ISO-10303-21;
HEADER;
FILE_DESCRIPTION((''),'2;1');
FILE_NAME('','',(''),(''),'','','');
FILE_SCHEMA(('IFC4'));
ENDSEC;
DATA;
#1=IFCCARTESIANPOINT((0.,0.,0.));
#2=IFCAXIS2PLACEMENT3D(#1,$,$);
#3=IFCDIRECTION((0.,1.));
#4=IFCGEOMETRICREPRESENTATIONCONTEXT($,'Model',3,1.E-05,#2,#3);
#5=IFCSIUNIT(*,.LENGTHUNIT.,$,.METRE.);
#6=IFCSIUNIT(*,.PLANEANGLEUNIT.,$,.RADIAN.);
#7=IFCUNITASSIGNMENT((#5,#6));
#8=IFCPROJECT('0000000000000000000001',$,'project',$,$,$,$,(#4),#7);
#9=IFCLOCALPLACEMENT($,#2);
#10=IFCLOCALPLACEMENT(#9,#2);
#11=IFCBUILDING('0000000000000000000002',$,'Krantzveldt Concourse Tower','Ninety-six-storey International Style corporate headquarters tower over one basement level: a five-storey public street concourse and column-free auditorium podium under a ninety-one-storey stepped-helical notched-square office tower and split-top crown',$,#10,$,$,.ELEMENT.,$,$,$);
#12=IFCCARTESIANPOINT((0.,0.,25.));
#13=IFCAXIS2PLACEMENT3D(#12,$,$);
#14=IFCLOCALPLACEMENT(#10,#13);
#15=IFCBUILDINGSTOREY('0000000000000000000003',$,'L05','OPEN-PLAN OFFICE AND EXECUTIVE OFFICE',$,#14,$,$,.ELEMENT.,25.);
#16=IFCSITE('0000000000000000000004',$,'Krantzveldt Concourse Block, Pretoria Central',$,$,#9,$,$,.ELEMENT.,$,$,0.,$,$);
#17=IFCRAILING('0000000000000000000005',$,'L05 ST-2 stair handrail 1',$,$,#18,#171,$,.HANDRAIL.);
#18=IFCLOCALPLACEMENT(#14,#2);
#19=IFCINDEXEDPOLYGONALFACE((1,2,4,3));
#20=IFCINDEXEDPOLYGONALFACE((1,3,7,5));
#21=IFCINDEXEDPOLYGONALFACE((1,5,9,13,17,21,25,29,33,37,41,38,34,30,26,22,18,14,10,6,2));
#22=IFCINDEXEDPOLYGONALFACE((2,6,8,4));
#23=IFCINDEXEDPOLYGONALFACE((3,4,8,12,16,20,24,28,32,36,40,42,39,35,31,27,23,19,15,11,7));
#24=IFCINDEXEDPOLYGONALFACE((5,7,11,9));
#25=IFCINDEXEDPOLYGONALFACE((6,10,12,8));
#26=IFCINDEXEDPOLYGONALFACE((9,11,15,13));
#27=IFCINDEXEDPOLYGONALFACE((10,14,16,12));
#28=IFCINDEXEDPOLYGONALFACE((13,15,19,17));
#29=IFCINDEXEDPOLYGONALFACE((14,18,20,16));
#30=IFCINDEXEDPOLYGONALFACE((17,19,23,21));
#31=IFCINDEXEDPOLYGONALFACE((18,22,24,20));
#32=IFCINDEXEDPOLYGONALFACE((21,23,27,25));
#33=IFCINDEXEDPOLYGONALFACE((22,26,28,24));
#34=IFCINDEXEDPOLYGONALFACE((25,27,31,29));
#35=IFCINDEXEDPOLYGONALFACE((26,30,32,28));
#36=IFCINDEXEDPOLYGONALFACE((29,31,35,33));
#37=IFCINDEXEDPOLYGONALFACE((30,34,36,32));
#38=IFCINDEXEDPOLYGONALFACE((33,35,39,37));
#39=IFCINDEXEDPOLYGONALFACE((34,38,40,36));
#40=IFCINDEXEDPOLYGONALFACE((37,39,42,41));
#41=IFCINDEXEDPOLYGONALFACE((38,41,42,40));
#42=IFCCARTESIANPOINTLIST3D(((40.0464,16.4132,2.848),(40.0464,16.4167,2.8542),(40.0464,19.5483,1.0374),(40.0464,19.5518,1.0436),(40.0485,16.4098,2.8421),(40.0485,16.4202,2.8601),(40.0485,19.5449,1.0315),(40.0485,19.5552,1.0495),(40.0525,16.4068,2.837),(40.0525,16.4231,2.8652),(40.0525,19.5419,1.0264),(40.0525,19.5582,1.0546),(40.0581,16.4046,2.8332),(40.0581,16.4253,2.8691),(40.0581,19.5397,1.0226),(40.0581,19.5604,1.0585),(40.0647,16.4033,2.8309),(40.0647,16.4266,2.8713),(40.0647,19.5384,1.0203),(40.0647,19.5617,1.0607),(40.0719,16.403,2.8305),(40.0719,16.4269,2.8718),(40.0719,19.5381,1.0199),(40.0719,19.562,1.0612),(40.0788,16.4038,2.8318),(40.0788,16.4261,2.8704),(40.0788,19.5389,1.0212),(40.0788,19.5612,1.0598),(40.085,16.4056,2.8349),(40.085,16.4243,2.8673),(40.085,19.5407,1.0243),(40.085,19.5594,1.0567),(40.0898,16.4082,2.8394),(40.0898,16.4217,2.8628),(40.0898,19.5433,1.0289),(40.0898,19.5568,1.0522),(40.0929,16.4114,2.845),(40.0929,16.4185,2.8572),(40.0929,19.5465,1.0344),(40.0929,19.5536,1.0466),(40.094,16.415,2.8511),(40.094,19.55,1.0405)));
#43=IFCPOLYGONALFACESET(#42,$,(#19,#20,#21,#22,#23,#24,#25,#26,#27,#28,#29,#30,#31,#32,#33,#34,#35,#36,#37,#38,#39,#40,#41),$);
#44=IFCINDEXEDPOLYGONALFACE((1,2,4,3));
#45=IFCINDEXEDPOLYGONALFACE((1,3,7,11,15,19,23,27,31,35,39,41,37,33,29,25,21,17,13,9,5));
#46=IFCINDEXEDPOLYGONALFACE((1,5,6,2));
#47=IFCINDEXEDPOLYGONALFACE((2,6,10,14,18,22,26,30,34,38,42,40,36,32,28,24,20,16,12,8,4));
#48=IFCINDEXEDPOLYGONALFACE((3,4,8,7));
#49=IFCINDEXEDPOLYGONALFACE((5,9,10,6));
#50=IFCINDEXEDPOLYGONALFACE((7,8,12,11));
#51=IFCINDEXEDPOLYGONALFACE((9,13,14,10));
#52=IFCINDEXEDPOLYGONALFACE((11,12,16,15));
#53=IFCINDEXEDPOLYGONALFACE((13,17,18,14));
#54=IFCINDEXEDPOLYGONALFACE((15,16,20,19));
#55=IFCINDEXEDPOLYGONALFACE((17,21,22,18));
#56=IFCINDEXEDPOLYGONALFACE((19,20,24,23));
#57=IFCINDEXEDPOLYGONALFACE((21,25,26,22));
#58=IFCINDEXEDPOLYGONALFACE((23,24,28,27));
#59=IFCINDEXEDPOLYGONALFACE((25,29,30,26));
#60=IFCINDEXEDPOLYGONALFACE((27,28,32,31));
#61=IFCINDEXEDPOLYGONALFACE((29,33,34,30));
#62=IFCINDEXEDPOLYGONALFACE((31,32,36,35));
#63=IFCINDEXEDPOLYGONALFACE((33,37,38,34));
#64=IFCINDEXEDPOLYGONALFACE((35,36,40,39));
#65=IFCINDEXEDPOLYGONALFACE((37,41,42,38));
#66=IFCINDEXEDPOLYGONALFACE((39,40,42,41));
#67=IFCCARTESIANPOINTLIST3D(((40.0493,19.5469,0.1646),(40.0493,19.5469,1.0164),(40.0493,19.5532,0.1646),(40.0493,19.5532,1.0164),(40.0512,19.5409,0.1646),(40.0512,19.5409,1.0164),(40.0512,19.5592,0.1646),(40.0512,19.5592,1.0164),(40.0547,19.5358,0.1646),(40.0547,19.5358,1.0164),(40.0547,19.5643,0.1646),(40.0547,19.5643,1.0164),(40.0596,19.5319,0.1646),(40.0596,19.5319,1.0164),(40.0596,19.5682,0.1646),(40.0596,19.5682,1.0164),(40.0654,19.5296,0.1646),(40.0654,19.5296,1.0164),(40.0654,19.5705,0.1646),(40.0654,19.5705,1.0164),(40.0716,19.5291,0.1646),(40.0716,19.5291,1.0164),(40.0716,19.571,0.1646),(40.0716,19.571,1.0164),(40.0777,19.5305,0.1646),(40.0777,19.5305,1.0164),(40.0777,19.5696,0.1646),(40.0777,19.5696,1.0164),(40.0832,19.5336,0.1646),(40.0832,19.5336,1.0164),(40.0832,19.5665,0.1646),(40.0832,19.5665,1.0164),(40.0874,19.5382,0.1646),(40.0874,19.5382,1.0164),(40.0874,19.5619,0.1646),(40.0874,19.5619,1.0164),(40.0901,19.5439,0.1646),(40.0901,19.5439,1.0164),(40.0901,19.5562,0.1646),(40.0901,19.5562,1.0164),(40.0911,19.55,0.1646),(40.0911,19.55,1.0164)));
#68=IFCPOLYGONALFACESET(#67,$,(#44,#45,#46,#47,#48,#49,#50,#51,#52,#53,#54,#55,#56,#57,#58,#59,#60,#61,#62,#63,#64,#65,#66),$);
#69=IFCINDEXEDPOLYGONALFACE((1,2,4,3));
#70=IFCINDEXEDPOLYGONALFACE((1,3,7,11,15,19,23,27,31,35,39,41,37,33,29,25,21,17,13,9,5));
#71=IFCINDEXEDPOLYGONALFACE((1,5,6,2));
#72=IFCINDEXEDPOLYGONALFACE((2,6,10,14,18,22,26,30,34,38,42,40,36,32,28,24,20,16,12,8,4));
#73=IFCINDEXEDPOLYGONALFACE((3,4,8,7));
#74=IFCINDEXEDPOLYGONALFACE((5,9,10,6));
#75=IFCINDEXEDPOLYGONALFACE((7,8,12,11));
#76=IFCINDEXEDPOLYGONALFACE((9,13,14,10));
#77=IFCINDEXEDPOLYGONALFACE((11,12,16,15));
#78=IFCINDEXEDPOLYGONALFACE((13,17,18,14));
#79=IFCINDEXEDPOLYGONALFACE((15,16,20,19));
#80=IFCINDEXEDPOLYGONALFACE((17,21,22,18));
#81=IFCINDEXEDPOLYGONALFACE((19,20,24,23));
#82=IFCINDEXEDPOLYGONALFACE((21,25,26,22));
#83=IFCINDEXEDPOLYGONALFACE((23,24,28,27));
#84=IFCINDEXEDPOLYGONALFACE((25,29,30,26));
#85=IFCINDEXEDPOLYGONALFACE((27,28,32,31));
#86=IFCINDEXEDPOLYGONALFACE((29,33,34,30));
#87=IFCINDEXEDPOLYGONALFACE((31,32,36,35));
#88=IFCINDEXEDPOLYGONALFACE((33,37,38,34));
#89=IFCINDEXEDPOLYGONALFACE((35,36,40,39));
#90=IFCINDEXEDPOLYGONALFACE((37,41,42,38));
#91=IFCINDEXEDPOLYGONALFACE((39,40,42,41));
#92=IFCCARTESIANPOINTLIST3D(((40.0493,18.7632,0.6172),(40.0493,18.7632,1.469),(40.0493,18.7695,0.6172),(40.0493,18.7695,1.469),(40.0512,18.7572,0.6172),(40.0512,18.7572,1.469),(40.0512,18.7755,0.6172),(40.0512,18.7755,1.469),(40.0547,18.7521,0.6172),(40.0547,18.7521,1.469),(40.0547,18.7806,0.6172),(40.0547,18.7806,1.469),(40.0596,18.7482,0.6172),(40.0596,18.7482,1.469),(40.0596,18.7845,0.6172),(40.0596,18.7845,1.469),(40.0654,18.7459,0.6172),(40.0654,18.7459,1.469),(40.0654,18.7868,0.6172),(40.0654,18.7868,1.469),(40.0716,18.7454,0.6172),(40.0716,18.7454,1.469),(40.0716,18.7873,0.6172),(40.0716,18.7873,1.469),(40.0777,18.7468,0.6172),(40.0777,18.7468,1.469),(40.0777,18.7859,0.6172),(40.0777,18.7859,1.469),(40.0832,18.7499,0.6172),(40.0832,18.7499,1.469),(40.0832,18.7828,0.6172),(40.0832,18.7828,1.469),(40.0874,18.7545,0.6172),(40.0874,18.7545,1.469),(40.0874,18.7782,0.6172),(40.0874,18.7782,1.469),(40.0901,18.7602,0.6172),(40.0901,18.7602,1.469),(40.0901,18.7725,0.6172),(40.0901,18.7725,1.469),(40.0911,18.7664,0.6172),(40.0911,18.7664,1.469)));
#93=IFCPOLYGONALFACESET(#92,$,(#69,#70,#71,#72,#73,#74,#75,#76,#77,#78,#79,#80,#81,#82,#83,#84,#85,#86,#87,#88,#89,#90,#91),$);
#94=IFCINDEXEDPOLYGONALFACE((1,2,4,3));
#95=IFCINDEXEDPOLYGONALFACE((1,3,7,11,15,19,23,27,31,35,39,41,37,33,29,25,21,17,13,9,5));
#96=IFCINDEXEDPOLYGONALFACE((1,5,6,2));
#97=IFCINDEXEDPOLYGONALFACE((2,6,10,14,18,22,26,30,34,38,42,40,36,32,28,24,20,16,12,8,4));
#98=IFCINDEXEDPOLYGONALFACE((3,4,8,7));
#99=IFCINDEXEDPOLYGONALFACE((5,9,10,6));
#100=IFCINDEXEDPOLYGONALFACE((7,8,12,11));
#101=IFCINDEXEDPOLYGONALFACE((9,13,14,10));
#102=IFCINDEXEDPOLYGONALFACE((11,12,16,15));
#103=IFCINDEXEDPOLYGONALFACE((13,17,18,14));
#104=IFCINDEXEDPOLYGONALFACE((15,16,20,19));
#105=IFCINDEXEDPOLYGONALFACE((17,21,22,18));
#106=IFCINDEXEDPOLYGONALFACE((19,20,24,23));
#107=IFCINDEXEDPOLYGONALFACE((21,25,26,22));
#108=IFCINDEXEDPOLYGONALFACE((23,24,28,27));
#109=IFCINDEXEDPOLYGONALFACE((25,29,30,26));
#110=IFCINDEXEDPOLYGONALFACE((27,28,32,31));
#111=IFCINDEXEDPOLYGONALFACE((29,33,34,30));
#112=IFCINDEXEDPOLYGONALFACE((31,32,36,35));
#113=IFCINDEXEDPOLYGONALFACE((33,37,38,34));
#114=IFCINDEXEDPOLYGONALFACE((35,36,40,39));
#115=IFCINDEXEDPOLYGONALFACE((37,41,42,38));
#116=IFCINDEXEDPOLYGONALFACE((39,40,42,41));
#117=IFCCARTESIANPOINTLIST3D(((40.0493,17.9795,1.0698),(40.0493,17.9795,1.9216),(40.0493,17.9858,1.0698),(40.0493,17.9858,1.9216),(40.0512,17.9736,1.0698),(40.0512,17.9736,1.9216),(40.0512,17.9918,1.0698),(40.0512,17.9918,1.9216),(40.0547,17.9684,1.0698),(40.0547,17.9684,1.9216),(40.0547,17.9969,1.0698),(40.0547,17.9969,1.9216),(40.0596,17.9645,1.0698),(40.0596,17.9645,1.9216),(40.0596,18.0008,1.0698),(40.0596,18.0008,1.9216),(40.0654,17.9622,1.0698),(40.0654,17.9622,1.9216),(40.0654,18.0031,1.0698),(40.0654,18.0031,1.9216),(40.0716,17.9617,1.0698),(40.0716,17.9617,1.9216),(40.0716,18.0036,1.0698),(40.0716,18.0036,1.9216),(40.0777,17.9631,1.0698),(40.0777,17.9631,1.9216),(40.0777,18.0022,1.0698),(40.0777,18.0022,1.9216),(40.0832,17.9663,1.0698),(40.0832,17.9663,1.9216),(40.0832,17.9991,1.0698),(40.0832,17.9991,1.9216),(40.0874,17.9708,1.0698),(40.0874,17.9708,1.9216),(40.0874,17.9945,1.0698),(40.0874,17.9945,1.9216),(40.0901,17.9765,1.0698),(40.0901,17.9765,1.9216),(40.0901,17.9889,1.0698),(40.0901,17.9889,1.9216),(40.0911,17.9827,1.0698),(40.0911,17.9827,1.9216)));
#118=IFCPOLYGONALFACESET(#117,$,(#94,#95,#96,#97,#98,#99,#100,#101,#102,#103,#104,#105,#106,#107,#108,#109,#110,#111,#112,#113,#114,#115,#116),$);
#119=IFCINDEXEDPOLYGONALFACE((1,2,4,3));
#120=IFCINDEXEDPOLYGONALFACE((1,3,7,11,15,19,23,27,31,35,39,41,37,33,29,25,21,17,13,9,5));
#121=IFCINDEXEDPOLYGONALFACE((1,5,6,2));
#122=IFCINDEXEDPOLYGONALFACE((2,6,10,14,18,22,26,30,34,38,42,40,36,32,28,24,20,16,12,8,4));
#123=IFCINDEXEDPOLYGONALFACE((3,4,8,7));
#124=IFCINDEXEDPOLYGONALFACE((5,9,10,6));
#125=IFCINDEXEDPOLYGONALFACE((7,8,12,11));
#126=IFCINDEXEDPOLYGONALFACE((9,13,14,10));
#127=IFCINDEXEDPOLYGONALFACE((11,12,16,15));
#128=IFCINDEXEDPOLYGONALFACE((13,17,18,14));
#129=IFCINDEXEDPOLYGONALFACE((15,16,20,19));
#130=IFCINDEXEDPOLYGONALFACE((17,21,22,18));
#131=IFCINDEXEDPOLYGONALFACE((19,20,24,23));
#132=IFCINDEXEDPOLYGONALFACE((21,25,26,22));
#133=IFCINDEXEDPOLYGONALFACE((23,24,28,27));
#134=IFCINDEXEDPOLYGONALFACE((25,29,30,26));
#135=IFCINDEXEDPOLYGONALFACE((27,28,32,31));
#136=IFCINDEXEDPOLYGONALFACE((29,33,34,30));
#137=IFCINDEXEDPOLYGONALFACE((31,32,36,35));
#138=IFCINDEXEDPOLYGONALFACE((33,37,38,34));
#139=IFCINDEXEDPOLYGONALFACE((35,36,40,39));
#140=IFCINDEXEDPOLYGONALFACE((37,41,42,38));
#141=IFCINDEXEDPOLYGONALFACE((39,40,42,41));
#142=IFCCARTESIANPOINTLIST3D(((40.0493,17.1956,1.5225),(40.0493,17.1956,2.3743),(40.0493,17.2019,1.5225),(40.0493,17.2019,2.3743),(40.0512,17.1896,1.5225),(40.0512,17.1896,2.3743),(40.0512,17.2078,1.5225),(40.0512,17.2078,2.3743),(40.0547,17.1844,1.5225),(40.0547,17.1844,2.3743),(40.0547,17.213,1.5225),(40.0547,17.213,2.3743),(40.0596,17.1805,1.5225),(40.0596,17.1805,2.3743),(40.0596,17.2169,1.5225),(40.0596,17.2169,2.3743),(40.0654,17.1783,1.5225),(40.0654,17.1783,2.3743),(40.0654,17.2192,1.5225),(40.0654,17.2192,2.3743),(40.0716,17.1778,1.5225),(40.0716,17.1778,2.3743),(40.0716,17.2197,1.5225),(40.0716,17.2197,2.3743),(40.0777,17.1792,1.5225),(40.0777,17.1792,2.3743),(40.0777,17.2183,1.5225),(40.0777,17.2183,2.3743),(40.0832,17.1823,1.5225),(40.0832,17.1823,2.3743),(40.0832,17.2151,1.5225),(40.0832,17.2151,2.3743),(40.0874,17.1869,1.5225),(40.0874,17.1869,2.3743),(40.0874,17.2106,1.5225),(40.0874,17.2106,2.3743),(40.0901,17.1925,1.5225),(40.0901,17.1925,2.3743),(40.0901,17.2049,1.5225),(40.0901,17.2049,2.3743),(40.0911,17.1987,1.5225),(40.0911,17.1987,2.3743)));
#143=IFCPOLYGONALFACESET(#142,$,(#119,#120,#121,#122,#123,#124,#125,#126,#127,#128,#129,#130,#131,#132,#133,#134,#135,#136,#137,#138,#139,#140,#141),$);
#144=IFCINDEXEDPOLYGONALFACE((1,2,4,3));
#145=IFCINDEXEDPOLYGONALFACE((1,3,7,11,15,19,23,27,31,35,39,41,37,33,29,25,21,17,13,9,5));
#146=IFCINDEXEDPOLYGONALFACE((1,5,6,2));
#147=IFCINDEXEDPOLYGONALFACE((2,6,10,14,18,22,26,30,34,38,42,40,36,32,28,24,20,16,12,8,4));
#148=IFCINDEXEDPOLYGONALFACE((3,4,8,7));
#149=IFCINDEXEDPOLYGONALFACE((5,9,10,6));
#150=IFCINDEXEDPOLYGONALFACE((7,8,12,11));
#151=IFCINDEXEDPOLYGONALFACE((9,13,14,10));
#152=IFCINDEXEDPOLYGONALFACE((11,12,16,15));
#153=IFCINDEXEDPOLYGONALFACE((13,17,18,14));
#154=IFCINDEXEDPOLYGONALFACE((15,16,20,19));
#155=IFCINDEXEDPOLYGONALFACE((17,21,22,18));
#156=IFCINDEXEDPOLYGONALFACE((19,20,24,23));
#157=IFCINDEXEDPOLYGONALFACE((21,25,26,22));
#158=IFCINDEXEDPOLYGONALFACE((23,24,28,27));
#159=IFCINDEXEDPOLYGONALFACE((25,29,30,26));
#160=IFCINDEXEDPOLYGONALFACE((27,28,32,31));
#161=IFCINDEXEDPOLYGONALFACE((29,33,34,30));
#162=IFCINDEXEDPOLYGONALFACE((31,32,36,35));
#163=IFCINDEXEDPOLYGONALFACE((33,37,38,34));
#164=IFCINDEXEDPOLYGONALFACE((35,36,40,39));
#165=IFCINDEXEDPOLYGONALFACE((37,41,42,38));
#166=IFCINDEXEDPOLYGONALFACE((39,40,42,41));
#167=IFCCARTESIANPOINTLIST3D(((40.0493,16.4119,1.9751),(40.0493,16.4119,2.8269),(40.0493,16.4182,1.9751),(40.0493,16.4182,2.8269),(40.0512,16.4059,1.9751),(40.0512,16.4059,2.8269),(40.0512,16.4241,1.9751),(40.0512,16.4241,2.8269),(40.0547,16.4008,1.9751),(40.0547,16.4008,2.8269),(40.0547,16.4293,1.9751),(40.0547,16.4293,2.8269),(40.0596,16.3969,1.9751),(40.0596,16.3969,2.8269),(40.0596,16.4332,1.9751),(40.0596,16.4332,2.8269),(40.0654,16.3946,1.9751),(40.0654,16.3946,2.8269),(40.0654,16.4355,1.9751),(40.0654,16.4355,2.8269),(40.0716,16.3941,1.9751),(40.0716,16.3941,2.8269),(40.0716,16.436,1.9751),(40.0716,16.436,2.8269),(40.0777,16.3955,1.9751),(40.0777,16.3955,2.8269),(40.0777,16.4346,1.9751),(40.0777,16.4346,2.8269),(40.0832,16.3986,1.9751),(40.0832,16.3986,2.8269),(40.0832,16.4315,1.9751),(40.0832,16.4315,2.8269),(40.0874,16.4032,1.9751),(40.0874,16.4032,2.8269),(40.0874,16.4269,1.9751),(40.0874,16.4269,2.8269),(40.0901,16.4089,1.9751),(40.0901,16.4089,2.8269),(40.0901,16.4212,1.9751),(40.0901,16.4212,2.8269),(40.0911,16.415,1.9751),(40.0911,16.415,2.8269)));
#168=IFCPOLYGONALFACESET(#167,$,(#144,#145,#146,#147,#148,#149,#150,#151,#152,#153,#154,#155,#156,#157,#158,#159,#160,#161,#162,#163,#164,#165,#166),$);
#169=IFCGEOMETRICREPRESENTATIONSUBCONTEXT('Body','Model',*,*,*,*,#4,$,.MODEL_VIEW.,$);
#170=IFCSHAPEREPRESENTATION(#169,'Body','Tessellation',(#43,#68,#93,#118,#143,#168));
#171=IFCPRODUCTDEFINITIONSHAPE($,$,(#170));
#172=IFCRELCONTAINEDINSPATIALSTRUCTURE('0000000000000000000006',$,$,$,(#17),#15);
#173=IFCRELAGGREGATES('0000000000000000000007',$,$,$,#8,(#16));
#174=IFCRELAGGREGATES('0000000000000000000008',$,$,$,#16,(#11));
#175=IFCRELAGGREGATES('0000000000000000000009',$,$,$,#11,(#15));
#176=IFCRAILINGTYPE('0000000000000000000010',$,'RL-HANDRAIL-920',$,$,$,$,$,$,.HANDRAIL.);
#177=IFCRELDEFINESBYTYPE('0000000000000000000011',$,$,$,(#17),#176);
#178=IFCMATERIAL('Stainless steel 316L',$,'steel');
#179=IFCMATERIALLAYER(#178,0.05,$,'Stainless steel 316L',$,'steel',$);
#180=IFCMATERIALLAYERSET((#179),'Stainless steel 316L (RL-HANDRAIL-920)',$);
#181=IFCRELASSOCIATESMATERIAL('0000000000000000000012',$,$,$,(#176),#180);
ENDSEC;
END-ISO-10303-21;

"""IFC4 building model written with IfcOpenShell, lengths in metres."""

from ifc_helpers import new_model, si_unit, direction, frame, origin, origin_2d, place, context, subcontext, project, spatial, circle, extrude, material, layer, layer_set, type_object, element, save


model = new_model("IFC4")

# Units and contexts
model_context = context("Model", 3, precision=1e-05, world=origin(), true_north=direction((0.0, 1.0)))
body_context = subcontext(model_context, "Body", "Model", "MODEL_VIEW")
ifc_project = project(units=[si_unit("LENGTHUNIT", "METRE"), si_unit("PLANEANGLEUNIT", "RADIAN")], contexts=[model_context])

# Site, building, storey
site_placement = place(None, origin())
site = spatial("IfcSite", under=ifc_project, at=site_placement, Name="Krantzveldt Concourse Block, Pretoria Central", CompositionType="ELEMENT", RefElevation=0.0)
building_placement = place(site_placement, origin())
building = spatial("IfcBuilding", under=site, at=building_placement, Name="Krantzveldt Concourse Tower", Description="Ninety-six-storey International Style corporate headquarters tower over one basement level: a five-storey public street concourse and column-free auditorium podium under a ninety-one-storey stepped-helical notched-square office tower and split-top crown", CompositionType="ELEMENT")
storey_placement = place(building_placement, frame((0.0, 0.0, 25.0)))
storey = spatial("IfcBuildingStorey", under=building, at=storey_placement, Name="L05", Description="OPEN-PLAN OFFICE AND EXECUTIVE OFFICE", CompositionType="ELEMENT", Elevation=25.0)

# Shared definitions
ifc_material_1 = material(Name="Stainless steel 316L", Category="steel")

# Railing
ifc_layer_1 = layer(ifc_material_1, 0.05, Name="Stainless steel 316L", Category="steel")
ifc_layer_set_1 = layer_set([ifc_layer_1], Name="Stainless steel 316L (RL-HANDRAIL-920)")
railing_type_1 = type_object("IfcRailingType", Name="RL-HANDRAIL-920", PredefinedType="HANDRAIL", material=ifc_layer_set_1)
railing_1_placement = place(storey_placement, frame((40.0701, 19.55, 0.1646)))
element("IfcRailing", 1, at=railing_1_placement, inside=storey, type_object=railing_type_1, Name="L05 ST-2 stair handrail 1", PredefinedType="HANDRAIL", context=body_context, shape_type="SweptSolid", body=[
    extrude(circle(Radius=0.0239, at=origin_2d()), frame((0.0, 0.0, 0.876), z_axis=(0.0, -0.86596, 0.500114), x_axis=(1.0, 0.0, 0.0)), (0.0, 0.0, 1.0), 3.6204),
    extrude(circle(Radius=0.021, at=origin_2d()), origin(), (0.0, 0.0, 1.0), 0.8518),
    extrude(circle(Radius=0.021, at=origin_2d()), frame((0.0, -0.7837, 0.4526)), (0.0, 0.0, 1.0), 0.8518),
    extrude(circle(Radius=0.021, at=origin_2d()), frame((0.0, -1.5674, 0.9053)), (0.0, 0.0, 1.0), 0.8518),
    extrude(circle(Radius=0.021, at=origin_2d()), frame((0.0, -2.3513, 1.3579)), (0.0, 0.0, 1.0), 0.8518),
    extrude(circle(Radius=0.021, at=origin_2d()), frame((0.0, -3.135, 1.8105)), (0.0, 0.0, 1.0), 0.8518),
])

save(model, "model.ifc")
